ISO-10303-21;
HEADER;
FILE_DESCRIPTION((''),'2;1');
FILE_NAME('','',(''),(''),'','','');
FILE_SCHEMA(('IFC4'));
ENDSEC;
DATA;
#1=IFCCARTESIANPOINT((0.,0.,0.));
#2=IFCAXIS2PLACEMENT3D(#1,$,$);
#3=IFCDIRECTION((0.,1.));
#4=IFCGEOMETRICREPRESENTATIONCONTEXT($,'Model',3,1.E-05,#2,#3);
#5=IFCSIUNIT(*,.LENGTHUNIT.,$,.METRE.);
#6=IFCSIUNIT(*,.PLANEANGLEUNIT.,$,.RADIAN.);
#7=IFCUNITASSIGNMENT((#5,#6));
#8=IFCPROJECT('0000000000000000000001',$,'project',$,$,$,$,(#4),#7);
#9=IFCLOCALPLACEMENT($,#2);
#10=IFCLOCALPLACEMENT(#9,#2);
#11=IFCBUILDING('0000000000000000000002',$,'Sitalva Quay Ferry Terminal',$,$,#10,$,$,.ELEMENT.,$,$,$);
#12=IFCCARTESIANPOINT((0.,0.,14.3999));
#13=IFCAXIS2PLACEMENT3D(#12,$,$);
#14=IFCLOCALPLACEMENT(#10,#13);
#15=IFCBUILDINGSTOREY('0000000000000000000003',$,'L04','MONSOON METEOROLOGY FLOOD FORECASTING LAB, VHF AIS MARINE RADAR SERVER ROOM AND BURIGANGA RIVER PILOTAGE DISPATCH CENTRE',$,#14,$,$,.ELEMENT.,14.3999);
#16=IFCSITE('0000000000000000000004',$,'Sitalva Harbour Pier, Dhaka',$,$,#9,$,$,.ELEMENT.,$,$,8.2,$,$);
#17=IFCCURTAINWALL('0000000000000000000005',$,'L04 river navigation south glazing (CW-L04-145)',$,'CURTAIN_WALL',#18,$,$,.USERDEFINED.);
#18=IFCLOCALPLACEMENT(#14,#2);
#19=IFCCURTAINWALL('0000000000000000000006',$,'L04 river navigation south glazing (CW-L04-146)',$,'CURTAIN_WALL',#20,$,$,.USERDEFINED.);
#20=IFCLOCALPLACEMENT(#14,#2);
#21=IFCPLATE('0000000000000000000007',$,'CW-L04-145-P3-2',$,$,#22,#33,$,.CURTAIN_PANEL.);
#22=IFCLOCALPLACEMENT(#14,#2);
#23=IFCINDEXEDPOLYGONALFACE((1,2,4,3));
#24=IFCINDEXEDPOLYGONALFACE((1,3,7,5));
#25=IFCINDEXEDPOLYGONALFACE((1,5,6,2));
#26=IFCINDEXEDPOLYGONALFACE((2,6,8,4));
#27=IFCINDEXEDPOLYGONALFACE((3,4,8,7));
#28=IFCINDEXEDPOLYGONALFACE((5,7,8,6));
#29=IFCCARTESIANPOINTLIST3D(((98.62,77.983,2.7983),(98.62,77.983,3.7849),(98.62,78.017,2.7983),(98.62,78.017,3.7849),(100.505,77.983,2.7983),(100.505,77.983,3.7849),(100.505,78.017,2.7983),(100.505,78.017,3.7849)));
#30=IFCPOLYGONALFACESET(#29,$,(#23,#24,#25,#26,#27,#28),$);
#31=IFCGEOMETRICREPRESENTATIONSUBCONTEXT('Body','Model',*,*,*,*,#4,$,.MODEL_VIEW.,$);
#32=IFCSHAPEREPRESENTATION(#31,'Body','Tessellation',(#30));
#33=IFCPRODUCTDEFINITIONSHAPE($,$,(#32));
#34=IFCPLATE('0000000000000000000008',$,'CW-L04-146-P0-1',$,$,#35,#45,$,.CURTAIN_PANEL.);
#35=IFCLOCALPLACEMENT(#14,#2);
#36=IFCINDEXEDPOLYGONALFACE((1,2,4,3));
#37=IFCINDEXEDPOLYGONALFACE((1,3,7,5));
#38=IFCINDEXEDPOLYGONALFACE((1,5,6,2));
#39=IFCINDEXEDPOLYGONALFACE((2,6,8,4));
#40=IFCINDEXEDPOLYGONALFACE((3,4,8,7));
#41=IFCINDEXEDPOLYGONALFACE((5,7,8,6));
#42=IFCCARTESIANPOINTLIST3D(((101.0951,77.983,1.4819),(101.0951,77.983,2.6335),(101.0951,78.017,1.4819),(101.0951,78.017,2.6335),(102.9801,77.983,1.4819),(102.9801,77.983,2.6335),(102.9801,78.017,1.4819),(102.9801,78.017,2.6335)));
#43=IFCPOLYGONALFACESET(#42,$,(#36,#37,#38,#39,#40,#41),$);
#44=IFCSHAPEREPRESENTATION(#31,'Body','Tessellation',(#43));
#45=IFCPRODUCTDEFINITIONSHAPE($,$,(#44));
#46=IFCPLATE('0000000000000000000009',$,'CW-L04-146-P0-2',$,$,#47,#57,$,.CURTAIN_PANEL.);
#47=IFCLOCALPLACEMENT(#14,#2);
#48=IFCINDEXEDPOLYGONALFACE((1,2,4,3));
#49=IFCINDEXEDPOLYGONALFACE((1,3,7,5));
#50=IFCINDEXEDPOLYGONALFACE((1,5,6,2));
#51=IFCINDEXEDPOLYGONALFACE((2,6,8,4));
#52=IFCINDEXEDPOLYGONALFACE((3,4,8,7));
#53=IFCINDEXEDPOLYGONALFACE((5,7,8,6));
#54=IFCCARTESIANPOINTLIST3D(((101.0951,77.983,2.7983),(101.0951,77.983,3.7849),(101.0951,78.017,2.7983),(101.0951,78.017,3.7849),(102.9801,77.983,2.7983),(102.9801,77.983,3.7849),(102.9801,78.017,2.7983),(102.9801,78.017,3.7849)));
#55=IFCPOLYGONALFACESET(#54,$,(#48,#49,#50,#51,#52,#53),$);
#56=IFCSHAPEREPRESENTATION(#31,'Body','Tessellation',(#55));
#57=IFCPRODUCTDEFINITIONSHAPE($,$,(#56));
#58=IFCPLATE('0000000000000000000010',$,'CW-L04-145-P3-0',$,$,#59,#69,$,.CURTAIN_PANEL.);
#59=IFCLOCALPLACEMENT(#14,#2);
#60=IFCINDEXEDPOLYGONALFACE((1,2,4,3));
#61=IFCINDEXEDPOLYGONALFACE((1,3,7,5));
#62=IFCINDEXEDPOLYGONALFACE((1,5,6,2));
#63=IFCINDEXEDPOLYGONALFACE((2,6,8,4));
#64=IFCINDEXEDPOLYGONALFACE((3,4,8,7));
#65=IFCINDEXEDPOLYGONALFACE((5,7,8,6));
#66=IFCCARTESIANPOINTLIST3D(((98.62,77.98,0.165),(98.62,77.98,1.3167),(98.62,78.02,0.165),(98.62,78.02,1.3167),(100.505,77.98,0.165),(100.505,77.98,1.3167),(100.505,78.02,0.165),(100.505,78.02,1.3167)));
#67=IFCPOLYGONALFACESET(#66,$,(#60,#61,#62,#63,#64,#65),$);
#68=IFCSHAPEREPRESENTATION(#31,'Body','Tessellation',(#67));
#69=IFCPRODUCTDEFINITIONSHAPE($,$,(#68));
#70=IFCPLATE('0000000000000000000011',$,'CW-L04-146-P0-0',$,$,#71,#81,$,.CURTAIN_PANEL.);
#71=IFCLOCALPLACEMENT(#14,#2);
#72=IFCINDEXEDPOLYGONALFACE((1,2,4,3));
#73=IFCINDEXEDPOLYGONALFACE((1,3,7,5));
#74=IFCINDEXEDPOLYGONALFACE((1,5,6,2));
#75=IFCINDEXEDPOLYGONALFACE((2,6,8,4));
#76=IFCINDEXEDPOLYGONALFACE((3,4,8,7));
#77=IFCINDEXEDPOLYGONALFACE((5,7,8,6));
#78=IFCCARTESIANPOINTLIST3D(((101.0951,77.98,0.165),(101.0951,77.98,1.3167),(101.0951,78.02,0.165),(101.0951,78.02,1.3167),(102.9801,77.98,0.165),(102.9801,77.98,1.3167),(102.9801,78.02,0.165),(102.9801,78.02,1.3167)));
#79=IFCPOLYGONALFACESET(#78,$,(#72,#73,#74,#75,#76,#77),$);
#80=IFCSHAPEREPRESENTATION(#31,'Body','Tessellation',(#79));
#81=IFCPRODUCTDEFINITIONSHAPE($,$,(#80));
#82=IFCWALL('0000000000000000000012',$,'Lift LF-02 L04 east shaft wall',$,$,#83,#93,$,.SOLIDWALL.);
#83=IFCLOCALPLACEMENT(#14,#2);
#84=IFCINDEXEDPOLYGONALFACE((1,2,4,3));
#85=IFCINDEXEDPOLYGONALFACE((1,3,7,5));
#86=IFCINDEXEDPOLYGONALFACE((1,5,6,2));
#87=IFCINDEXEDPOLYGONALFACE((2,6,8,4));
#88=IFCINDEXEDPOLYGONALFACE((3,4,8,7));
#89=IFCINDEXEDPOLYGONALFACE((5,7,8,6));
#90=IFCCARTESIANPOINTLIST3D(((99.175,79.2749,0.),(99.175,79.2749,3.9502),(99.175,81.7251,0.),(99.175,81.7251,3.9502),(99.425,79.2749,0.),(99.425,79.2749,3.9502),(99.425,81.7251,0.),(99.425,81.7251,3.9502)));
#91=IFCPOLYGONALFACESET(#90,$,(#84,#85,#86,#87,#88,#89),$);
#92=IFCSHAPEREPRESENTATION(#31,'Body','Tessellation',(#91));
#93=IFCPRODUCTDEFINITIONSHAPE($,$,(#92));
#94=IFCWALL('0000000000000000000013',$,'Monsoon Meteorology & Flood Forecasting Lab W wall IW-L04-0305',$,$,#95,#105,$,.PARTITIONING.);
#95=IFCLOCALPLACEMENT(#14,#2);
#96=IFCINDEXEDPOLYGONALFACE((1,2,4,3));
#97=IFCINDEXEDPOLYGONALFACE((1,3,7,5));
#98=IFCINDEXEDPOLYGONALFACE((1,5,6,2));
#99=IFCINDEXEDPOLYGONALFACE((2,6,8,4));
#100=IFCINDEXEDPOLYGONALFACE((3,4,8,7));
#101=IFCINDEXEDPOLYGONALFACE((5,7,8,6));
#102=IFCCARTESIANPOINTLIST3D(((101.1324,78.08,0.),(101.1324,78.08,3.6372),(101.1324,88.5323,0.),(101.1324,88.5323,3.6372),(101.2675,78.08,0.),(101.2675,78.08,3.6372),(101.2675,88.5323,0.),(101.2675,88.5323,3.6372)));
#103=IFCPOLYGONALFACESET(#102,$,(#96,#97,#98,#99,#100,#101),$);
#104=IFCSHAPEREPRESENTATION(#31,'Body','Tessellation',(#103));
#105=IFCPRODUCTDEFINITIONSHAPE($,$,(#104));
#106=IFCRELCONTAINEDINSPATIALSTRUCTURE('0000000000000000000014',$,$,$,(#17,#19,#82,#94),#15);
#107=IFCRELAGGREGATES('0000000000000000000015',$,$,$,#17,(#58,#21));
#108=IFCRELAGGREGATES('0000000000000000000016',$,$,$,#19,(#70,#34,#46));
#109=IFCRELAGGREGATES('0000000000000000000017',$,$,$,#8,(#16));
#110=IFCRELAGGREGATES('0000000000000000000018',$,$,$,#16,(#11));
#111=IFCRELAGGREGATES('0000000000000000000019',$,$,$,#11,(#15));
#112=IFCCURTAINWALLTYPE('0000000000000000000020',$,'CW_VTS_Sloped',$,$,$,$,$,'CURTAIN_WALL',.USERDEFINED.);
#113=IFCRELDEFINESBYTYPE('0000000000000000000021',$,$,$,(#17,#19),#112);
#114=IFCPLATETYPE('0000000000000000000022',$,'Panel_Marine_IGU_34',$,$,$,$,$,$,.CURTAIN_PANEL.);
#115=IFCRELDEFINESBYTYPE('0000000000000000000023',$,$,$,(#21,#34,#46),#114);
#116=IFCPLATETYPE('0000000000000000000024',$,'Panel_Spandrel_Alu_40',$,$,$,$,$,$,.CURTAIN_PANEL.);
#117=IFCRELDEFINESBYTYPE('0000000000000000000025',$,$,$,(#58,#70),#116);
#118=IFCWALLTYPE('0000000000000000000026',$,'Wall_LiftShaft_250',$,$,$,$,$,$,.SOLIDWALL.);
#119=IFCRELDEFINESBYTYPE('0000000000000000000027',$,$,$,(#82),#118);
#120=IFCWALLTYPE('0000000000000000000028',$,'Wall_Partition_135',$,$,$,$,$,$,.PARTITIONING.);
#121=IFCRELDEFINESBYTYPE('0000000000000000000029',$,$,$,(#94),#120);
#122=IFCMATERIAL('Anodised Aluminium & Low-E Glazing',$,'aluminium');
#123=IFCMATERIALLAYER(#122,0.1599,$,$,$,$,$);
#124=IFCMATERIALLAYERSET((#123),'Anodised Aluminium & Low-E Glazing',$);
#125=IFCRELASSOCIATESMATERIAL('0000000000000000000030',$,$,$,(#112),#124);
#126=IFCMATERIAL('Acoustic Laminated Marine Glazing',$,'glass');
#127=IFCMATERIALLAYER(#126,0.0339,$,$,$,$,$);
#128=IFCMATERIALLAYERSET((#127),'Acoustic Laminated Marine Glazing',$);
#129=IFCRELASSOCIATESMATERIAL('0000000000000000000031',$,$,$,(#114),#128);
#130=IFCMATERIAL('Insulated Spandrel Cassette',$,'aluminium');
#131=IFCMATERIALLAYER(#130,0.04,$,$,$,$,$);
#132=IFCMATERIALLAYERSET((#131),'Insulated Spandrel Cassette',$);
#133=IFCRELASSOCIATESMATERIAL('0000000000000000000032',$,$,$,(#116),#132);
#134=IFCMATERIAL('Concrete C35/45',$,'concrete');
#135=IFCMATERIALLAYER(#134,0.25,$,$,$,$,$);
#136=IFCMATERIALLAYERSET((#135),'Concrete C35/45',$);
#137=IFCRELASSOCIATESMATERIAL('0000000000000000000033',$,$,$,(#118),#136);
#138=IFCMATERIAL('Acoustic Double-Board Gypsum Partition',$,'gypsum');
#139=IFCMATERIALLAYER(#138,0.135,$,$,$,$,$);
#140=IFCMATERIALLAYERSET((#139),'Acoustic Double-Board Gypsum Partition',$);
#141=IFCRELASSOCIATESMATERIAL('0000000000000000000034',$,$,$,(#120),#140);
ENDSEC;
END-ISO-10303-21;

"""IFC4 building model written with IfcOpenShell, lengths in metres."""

from ifc_helpers import new_model, si_unit, direction, frame, frame_2d, origin, origin_2d, place, context, subcontext, project, spatial, rectangle, extrude, material, layer, layer_set, type_object, element, aggregate, save


model = new_model("IFC4")

# Units and contexts
model_context = context("Model", 3, precision=1e-05, world=origin(), true_north=direction((0.0, 1.0)))
body_context = subcontext(model_context, "Body", "Model", "MODEL_VIEW")
ifc_project = project(units=[si_unit("LENGTHUNIT", "METRE"), si_unit("PLANEANGLEUNIT", "RADIAN")], contexts=[model_context])

# Site, building, storey
site_placement = place(None, origin())
site = spatial("IfcSite", under=ifc_project, at=site_placement, Name="Sitalva Harbour Pier, Dhaka", CompositionType="ELEMENT", RefElevation=8.2)
building_placement = place(site_placement, origin())
building = spatial("IfcBuilding", under=site, at=building_placement, Name="Sitalva Quay Ferry Terminal", CompositionType="ELEMENT")
storey_placement = place(building_placement, frame((0.0, 0.0, 14.3999)))
storey = spatial("IfcBuildingStorey", under=building, at=storey_placement, Name="L04", Description="MONSOON METEOROLOGY FLOOD FORECASTING LAB, VHF AIS MARINE RADAR SERVER ROOM AND BURIGANGA RIVER PILOTAGE DISPATCH CENTRE", CompositionType="ELEMENT", Elevation=14.3999)

# Curtain wall
ifc_material_1 = material(Name="Anodised Aluminium & Low-E Glazing", Category="aluminium")
ifc_layer_1 = layer(ifc_material_1, 0.1599)
ifc_layer_set_1 = layer_set([ifc_layer_1], Name="Anodised Aluminium & Low-E Glazing")
curtain_wall_type = type_object("IfcCurtainWallType", Name="CW_VTS_Sloped", ElementType="CURTAIN_WALL", PredefinedType="USERDEFINED", material=ifc_layer_set_1)
curtain_wall_1_placement = place(storey_placement, origin())
curtain_wall_1 = element("IfcCurtainWall", 1, at=curtain_wall_1_placement, inside=storey, type_object=curtain_wall_type, Name="L04 river navigation south glazing (CW-L04-145)", ObjectType="CURTAIN_WALL", PredefinedType="USERDEFINED")

# Curtain wall
curtain_wall_2_placement = place(storey_placement, origin())
curtain_wall_2 = element("IfcCurtainWall", 2, at=curtain_wall_2_placement, inside=storey, type_object=curtain_wall_type, Name="L04 river navigation south glazing (CW-L04-146)", ObjectType="CURTAIN_WALL", PredefinedType="USERDEFINED")

# Plates
ifc_material_2 = material(Name="Acoustic Laminated Marine Glazing", Category="glass")
ifc_layer_2 = layer(ifc_material_2, 0.0339)
ifc_layer_set_2 = layer_set([ifc_layer_2], Name="Acoustic Laminated Marine Glazing")
plate_type_1 = type_object("IfcPlateType", Name="Panel_Marine_IGU_34", PredefinedType="CURTAIN_PANEL", material=ifc_layer_set_2)
plate_1_placement = place(storey_placement, frame((99.5625, 78.0, 2.7983), z_axis=(0.0, 0.0, 1.0), x_axis=(1.0, 0.0, 0.0)))
plate_1 = element("IfcPlate", 3, at=plate_1_placement, type_object=plate_type_1, Name="CW-L04-145-P3-2", PredefinedType="CURTAIN_PANEL", context=body_context, shape_type="SweptSolid", body=[
    extrude(rectangle(XDim=1.885, YDim=0.0339, at=origin_2d()), origin(), (0.0, 0.0, 1.0), 0.9866),
])
plate_2_placement = place(storey_placement, frame((102.0376, 78.0, 1.4819), z_axis=(0.0, 0.0, 1.0), x_axis=(1.0, 0.0, 0.0)))
plate_2 = element("IfcPlate", 4, at=plate_2_placement, type_object=plate_type_1, Name="CW-L04-146-P0-1", PredefinedType="CURTAIN_PANEL", context=body_context, shape_type="SweptSolid", body=[
    extrude(rectangle(XDim=1.885, YDim=0.0339, at=origin_2d()), origin(), (0.0, 0.0, 1.0), 1.1516),
])
plate_3_placement = place(storey_placement, frame((102.0376, 78.0, 2.7983), z_axis=(0.0, 0.0, 1.0), x_axis=(1.0, 0.0, 0.0)))
plate_3 = element("IfcPlate", 5, at=plate_3_placement, type_object=plate_type_1, Name="CW-L04-146-P0-2", PredefinedType="CURTAIN_PANEL", context=body_context, shape_type="SweptSolid", body=[
    extrude(rectangle(XDim=1.885, YDim=0.0339, at=origin_2d()), origin(), (0.0, 0.0, 1.0), 0.9866),
])
ifc_material_3 = material(Name="Insulated Spandrel Cassette", Category="aluminium")
ifc_layer_3 = layer(ifc_material_3, 0.04)
ifc_layer_set_3 = layer_set([ifc_layer_3], Name="Insulated Spandrel Cassette")
plate_type_2 = type_object("IfcPlateType", Name="Panel_Spandrel_Alu_40", PredefinedType="CURTAIN_PANEL", material=ifc_layer_set_3)
plate_4_placement = place(storey_placement, frame((99.5625, 78.0, 0.165), z_axis=(0.0, 0.0, 1.0), x_axis=(1.0, 0.0, 0.0)))
plate_4 = element("IfcPlate", 6, at=plate_4_placement, type_object=plate_type_2, Name="CW-L04-145-P3-0", PredefinedType="CURTAIN_PANEL", context=body_context, shape_type="SweptSolid", body=[
    extrude(rectangle(XDim=1.885, YDim=0.04, at=origin_2d()), origin(), (0.0, 0.0, 1.0), 1.1516),
])
aggregate(curtain_wall_1, [plate_4, plate_1])
plate_5_placement = place(storey_placement, frame((102.0376, 78.0, 0.165), z_axis=(0.0, 0.0, 1.0), x_axis=(1.0, 0.0, 0.0)))
plate_5 = element("IfcPlate", 7, at=plate_5_placement, type_object=plate_type_2, Name="CW-L04-146-P0-0", PredefinedType="CURTAIN_PANEL", context=body_context, shape_type="SweptSolid", body=[
    extrude(rectangle(XDim=1.885, YDim=0.04, at=origin_2d()), origin(), (0.0, 0.0, 1.0), 1.1516),
])
aggregate(curtain_wall_2, [plate_5, plate_2, plate_3])

# Walls
ifc_material_4 = material(Name="Concrete C35/45", Category="concrete")
ifc_layer_4 = layer(ifc_material_4, 0.25)
ifc_layer_set_4 = layer_set([ifc_layer_4], Name="Concrete C35/45")
wall_type_1 = type_object("IfcWallType", Name="Wall_LiftShaft_250", PredefinedType="SOLIDWALL", material=ifc_layer_set_4)
wall_1_placement = place(storey_placement, frame((99.3, 79.2749, 0.0), z_axis=(0.0, 0.0, 1.0), x_axis=(0.0, 1.0, 0.0)))
element("IfcWall", 8, at=wall_1_placement, inside=storey, type_object=wall_type_1, Name="Lift LF-02 L04 east shaft wall", PredefinedType="SOLIDWALL", context=body_context, shape_type="SweptSolid", body=[
    extrude(rectangle(XDim=2.4502, YDim=0.25, at=frame_2d((1.2251, 0.0))), origin(), (0.0, 0.0, 1.0), 3.9502),
])
ifc_material_5 = material(Name="Acoustic Double-Board Gypsum Partition", Category="gypsum")
ifc_layer_5 = layer(ifc_material_5, 0.135)
ifc_layer_set_5 = layer_set([ifc_layer_5], Name="Acoustic Double-Board Gypsum Partition")
wall_type_2 = type_object("IfcWallType", Name="Wall_Partition_135", PredefinedType="PARTITIONING", material=ifc_layer_set_5)
wall_2_placement = place(storey_placement, frame((101.2, 78.0801, 0.0), z_axis=(0.0, 0.0, 1.0), x_axis=(0.0, 1.0, 0.0)))
element("IfcWall", 9, at=wall_2_placement, inside=storey, type_object=wall_type_2, Name="Monsoon Meteorology & Flood Forecasting Lab W wall IW-L04-0305", PredefinedType="PARTITIONING", context=body_context, shape_type="SweptSolid", body=[
    extrude(rectangle(XDim=10.4524, YDim=0.135, at=frame_2d((5.2261, 0.0))), origin(), (0.0, 0.0, 1.0), 3.6372),
])

save(model, "model.ifc")
